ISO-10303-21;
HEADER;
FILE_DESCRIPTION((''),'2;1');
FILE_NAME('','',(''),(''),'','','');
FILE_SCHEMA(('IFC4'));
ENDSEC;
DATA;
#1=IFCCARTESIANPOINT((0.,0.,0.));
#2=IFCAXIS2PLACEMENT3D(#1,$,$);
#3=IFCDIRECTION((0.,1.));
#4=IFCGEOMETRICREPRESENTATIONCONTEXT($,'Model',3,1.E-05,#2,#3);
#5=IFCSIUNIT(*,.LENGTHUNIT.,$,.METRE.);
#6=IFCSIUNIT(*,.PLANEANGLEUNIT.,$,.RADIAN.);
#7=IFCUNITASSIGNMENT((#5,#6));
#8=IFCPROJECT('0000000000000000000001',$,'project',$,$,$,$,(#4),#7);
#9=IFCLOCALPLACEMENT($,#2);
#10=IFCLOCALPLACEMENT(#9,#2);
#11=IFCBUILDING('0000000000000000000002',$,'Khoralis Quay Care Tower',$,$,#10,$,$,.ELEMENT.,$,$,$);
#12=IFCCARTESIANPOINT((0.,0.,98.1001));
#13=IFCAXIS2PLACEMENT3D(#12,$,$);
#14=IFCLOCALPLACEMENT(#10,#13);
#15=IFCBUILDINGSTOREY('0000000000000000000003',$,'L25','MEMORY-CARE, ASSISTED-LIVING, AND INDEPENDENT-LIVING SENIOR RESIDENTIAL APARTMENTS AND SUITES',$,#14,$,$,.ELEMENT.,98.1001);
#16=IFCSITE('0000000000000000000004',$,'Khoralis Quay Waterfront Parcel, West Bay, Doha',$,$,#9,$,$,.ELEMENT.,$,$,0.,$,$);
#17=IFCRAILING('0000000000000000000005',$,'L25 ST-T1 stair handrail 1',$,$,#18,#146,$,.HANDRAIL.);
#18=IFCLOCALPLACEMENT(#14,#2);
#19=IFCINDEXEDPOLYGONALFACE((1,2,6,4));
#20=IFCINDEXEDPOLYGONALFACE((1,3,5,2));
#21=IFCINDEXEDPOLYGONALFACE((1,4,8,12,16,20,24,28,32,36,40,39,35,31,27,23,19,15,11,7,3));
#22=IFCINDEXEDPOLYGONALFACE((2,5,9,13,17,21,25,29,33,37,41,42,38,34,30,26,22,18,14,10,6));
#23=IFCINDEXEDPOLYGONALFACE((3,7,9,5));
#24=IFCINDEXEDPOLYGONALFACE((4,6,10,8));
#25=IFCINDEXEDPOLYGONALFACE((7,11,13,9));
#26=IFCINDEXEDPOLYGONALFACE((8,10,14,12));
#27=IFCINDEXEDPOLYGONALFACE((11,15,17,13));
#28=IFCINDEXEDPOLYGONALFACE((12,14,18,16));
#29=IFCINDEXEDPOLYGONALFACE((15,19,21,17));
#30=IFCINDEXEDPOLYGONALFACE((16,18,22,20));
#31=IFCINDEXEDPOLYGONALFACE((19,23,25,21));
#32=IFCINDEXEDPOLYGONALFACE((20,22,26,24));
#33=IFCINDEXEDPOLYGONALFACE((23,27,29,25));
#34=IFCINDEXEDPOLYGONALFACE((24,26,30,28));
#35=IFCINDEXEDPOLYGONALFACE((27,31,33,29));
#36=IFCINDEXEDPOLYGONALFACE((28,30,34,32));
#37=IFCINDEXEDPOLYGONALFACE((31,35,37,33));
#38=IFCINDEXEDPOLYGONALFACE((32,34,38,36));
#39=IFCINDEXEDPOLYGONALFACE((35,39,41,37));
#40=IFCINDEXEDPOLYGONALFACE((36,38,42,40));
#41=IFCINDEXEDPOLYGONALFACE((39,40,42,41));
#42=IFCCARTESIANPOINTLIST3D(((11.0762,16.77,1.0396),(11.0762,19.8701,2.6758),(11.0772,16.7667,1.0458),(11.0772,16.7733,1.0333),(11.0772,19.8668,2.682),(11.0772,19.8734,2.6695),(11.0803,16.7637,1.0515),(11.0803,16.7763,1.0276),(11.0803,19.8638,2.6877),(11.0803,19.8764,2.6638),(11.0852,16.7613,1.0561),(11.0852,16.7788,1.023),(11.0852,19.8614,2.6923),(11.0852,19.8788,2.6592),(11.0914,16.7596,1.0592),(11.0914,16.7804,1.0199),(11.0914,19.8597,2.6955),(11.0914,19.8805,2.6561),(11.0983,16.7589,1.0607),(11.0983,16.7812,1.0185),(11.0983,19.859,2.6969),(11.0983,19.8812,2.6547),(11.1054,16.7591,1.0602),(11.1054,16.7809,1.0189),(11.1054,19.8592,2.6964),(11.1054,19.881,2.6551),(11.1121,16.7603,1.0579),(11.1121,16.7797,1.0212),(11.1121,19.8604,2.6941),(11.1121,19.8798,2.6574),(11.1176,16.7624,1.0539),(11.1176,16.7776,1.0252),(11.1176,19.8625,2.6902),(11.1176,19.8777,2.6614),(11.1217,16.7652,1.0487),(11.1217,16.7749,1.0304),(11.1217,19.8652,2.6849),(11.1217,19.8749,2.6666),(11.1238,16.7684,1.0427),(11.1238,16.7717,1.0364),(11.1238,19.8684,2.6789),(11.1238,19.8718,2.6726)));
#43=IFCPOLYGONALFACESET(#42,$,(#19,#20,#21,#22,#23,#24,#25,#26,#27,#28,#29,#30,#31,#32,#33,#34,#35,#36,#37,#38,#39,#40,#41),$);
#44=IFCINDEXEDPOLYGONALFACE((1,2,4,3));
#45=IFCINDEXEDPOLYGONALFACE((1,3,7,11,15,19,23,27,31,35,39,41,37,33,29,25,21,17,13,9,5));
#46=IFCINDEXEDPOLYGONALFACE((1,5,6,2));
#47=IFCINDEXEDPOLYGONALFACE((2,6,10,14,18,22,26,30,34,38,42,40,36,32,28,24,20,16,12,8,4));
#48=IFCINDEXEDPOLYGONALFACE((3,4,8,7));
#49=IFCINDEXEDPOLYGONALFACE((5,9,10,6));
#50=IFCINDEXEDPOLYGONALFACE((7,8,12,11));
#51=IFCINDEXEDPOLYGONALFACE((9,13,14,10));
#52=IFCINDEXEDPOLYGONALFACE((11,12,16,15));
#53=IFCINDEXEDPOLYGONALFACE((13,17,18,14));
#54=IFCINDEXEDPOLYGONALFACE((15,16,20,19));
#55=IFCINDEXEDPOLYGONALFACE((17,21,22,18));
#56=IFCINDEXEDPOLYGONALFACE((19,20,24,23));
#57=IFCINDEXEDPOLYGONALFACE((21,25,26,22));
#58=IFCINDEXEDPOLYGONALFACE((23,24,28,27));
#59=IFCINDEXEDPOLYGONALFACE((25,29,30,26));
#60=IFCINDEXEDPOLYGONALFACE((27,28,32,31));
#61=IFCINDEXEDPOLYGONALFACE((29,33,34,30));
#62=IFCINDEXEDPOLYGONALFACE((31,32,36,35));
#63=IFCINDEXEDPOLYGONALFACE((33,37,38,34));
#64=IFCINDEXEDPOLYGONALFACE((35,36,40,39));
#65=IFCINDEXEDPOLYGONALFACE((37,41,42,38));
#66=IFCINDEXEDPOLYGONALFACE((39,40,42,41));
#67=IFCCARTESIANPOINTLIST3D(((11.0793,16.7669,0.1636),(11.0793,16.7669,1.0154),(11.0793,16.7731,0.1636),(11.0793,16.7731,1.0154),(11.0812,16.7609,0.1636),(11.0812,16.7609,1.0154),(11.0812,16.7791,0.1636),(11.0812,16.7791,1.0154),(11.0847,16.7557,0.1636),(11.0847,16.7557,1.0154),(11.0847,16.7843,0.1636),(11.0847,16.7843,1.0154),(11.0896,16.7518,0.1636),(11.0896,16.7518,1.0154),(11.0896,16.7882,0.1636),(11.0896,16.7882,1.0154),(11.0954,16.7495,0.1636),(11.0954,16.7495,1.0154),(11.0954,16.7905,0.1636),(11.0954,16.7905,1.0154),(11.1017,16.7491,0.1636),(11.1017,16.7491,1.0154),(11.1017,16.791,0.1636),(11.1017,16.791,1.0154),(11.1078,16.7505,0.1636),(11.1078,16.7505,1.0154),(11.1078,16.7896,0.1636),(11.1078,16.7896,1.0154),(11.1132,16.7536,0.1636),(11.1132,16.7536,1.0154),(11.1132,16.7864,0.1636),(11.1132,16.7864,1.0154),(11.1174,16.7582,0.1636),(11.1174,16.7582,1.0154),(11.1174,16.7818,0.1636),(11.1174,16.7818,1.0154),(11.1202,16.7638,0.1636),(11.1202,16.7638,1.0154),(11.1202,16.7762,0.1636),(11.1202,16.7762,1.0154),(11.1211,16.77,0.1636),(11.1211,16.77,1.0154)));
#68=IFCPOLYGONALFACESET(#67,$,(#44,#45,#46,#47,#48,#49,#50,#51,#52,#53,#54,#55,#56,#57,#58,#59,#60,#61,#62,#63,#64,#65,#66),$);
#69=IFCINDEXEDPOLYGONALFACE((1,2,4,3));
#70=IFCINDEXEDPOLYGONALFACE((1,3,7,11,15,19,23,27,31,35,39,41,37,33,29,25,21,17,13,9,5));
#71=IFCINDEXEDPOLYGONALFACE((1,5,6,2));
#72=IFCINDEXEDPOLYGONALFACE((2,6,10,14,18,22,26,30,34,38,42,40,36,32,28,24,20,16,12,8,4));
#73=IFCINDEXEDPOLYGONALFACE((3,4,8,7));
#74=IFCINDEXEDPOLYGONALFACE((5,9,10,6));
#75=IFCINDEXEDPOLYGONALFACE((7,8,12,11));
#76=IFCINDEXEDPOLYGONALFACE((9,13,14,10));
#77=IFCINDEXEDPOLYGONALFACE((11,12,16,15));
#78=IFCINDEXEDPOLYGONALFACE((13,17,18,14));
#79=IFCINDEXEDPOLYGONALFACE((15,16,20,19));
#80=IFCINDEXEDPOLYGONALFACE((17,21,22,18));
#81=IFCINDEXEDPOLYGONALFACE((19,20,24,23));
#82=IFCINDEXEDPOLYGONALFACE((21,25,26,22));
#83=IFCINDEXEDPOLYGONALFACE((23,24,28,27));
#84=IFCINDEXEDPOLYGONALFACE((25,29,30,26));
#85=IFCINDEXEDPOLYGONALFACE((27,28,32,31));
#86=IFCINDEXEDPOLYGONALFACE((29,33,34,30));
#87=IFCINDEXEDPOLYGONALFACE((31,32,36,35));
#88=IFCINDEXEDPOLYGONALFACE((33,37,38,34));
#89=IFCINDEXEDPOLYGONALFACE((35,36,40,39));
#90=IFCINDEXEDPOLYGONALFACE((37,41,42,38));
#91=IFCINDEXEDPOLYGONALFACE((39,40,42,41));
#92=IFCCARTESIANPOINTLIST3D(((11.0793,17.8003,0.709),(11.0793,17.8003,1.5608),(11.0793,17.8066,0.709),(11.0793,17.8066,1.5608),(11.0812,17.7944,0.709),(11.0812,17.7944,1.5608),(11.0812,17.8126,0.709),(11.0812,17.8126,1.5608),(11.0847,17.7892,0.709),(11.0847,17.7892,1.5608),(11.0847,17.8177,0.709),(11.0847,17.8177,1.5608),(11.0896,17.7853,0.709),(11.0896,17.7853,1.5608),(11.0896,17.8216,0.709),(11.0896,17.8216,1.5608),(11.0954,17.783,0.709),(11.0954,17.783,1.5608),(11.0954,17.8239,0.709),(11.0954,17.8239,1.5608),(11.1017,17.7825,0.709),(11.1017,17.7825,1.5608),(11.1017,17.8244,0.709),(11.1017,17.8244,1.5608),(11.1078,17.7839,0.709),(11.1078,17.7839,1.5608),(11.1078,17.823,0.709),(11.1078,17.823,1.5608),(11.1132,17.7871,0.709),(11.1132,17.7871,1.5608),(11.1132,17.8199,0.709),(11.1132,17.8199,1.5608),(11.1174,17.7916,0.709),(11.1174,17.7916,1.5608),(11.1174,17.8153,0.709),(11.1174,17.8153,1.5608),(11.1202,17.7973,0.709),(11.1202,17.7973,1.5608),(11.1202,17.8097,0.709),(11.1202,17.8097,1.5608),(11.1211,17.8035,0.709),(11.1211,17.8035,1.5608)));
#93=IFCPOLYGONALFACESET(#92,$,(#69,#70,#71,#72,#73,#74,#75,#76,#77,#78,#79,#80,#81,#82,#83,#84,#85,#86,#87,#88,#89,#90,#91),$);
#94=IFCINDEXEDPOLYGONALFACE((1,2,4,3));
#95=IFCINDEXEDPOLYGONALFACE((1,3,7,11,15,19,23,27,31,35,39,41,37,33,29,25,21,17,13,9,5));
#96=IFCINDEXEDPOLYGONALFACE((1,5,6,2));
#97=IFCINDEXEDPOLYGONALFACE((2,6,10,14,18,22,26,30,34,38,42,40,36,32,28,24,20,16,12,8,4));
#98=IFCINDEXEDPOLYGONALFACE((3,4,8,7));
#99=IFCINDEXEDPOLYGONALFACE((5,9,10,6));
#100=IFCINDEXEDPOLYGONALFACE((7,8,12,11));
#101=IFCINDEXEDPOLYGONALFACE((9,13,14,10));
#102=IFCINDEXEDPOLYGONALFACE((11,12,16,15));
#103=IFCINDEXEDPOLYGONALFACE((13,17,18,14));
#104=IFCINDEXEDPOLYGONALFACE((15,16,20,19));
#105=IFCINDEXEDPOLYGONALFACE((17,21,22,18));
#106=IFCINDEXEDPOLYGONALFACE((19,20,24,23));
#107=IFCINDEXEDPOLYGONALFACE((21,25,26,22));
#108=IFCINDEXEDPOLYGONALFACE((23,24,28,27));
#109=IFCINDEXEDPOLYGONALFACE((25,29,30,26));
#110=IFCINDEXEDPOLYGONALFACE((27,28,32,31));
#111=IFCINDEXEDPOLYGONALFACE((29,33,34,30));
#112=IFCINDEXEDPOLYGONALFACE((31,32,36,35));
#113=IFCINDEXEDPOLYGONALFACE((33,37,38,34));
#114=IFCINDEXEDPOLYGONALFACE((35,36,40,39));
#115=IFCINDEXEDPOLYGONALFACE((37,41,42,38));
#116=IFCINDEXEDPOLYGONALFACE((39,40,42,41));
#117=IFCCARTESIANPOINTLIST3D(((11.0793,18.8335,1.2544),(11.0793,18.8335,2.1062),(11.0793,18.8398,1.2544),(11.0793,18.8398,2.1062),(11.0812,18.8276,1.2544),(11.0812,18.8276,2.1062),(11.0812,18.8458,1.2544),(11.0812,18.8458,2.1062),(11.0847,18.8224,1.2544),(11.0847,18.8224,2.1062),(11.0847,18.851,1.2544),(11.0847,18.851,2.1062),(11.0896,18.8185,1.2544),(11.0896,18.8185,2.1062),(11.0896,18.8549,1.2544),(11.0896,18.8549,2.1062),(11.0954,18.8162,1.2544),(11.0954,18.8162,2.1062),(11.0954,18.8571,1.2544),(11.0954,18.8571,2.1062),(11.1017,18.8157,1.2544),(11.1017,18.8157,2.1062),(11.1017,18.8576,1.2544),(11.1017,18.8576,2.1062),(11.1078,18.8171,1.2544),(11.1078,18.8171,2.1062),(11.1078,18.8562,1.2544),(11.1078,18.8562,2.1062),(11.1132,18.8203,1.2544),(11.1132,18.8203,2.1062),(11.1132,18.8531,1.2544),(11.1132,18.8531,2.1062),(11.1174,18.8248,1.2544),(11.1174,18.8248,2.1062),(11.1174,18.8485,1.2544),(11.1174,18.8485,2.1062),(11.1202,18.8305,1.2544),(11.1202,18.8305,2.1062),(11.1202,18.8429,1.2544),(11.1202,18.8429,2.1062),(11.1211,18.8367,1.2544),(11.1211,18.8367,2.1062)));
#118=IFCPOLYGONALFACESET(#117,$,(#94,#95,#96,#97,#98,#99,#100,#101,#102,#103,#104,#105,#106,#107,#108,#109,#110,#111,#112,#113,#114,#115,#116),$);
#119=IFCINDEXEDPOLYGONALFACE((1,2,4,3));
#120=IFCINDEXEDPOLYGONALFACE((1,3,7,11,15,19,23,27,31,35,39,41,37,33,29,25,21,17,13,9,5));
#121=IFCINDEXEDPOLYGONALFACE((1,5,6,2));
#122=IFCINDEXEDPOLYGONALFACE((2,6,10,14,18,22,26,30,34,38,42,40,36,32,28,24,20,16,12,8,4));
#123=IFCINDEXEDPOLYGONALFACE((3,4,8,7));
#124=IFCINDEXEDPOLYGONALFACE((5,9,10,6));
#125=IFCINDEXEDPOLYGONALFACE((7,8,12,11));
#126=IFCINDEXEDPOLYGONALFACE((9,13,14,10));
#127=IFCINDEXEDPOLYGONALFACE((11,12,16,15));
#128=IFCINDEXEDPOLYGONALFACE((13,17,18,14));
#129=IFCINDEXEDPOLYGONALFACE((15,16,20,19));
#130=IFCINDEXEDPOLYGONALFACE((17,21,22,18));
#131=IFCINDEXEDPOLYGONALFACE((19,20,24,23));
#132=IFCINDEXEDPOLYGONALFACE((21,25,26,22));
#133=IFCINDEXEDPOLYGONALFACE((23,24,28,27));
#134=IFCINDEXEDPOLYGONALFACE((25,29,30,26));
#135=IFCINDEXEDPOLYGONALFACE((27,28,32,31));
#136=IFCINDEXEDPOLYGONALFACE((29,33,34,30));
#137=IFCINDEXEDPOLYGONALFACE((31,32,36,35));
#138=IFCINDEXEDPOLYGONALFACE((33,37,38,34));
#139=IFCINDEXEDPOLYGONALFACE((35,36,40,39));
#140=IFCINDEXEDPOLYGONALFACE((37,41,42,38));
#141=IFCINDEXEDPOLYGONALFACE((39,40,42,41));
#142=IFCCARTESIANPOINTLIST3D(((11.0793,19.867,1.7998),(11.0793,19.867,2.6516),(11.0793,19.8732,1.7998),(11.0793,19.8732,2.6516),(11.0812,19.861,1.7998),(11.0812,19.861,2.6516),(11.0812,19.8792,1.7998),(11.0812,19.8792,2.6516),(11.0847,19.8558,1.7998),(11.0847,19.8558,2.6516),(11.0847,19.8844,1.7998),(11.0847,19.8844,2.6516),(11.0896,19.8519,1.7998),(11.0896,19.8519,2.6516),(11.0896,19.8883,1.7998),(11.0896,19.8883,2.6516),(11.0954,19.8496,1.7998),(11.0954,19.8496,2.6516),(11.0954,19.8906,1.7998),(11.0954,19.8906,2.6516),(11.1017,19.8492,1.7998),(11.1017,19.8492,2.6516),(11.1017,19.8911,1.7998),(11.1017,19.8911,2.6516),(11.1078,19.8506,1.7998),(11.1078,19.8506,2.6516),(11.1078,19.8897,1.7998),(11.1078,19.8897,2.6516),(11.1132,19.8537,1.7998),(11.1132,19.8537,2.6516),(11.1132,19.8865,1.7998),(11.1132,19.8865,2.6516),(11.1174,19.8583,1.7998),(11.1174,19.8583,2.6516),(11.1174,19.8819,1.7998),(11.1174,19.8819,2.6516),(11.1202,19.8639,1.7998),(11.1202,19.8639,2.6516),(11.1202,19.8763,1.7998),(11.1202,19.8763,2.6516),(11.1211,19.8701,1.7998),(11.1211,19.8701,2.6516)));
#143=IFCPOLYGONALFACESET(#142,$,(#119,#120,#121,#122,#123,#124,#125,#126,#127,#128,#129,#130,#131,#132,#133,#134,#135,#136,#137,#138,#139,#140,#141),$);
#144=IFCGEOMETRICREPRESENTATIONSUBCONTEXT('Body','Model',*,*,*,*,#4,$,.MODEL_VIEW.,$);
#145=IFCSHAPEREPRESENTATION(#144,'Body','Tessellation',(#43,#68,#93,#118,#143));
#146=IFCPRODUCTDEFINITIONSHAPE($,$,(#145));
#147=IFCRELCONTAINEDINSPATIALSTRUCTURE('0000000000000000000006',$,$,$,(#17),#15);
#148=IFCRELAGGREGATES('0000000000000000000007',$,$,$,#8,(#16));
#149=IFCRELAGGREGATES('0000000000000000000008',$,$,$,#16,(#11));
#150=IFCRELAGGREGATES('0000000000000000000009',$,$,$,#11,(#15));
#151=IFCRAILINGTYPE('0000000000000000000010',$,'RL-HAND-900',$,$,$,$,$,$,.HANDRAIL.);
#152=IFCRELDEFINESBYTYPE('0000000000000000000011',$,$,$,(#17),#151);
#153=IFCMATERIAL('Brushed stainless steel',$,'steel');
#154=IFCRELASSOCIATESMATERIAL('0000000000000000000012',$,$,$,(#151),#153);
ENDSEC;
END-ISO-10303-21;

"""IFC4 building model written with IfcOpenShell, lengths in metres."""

from ifc_helpers import new_model, si_unit, direction, frame, origin, origin_2d, place, context, subcontext, project, spatial, circle, extrude, material, type_object, element, save


model = new_model("IFC4")

# Units and contexts
model_context = context("Model", 3, precision=1e-05, world=origin(), true_north=direction((0.0, 1.0)))
body_context = subcontext(model_context, "Body", "Model", "MODEL_VIEW")
ifc_project = project(units=[si_unit("LENGTHUNIT", "METRE"), si_unit("PLANEANGLEUNIT", "RADIAN")], contexts=[model_context])

# Site, building, storey
site_placement = place(None, origin())
site = spatial("IfcSite", under=ifc_project, at=site_placement, Name="Khoralis Quay Waterfront Parcel, West Bay, Doha", CompositionType="ELEMENT", RefElevation=0.0)
building_placement = place(site_placement, origin())
building = spatial("IfcBuilding", under=site, at=building_placement, Name="Khoralis Quay Care Tower", CompositionType="ELEMENT")
storey_placement = place(building_placement, frame((0.0, 0.0, 98.1001)))
storey = spatial("IfcBuildingStorey", under=building, at=storey_placement, Name="L25", Description="MEMORY-CARE, ASSISTED-LIVING, AND INDEPENDENT-LIVING SENIOR RESIDENTIAL APARTMENTS AND SUITES", CompositionType="ELEMENT", Elevation=98.1001)

# Shared definitions
ifc_material_1 = material(Name="Brushed stainless steel", Category="steel")

# Railing
railing_type_1 = type_object("IfcRailingType", Name="RL-HAND-900", PredefinedType="HANDRAIL", material=ifc_material_1)
railing_1_placement = place(storey_placement, frame((11.1001, 16.77, 0.1636)))
element("IfcRailing", 1, at=railing_1_placement, inside=storey, type_object=railing_type_1, Name="L25 ST-T1 stair handrail 1", PredefinedType="HANDRAIL", context=body_context, shape_type="SweptSolid", body=[
    extrude(circle(Radius=0.0239, at=origin_2d()), frame((0.0, 0.0, 0.876), z_axis=(0.0, 0.884377, 0.466774), x_axis=(-1.0, 0.0, 0.0)), (0.0, 0.0, 1.0), 3.5054),
    extrude(circle(Radius=0.021, at=origin_2d()), origin(), (0.0, 0.0, 1.0), 0.8518),
    extrude(circle(Radius=0.021, at=origin_2d()), frame((0.0, 1.0334, 0.5454)), (0.0, 0.0, 1.0), 0.8518),
    extrude(circle(Radius=0.021, at=origin_2d()), frame((0.0, 2.0667, 1.0908)), (0.0, 0.0, 1.0), 0.8518),
    extrude(circle(Radius=0.021, at=origin_2d()), frame((0.0, 3.1001, 1.6362)), (0.0, 0.0, 1.0), 0.8518),
])

save(model, "model.ifc")
